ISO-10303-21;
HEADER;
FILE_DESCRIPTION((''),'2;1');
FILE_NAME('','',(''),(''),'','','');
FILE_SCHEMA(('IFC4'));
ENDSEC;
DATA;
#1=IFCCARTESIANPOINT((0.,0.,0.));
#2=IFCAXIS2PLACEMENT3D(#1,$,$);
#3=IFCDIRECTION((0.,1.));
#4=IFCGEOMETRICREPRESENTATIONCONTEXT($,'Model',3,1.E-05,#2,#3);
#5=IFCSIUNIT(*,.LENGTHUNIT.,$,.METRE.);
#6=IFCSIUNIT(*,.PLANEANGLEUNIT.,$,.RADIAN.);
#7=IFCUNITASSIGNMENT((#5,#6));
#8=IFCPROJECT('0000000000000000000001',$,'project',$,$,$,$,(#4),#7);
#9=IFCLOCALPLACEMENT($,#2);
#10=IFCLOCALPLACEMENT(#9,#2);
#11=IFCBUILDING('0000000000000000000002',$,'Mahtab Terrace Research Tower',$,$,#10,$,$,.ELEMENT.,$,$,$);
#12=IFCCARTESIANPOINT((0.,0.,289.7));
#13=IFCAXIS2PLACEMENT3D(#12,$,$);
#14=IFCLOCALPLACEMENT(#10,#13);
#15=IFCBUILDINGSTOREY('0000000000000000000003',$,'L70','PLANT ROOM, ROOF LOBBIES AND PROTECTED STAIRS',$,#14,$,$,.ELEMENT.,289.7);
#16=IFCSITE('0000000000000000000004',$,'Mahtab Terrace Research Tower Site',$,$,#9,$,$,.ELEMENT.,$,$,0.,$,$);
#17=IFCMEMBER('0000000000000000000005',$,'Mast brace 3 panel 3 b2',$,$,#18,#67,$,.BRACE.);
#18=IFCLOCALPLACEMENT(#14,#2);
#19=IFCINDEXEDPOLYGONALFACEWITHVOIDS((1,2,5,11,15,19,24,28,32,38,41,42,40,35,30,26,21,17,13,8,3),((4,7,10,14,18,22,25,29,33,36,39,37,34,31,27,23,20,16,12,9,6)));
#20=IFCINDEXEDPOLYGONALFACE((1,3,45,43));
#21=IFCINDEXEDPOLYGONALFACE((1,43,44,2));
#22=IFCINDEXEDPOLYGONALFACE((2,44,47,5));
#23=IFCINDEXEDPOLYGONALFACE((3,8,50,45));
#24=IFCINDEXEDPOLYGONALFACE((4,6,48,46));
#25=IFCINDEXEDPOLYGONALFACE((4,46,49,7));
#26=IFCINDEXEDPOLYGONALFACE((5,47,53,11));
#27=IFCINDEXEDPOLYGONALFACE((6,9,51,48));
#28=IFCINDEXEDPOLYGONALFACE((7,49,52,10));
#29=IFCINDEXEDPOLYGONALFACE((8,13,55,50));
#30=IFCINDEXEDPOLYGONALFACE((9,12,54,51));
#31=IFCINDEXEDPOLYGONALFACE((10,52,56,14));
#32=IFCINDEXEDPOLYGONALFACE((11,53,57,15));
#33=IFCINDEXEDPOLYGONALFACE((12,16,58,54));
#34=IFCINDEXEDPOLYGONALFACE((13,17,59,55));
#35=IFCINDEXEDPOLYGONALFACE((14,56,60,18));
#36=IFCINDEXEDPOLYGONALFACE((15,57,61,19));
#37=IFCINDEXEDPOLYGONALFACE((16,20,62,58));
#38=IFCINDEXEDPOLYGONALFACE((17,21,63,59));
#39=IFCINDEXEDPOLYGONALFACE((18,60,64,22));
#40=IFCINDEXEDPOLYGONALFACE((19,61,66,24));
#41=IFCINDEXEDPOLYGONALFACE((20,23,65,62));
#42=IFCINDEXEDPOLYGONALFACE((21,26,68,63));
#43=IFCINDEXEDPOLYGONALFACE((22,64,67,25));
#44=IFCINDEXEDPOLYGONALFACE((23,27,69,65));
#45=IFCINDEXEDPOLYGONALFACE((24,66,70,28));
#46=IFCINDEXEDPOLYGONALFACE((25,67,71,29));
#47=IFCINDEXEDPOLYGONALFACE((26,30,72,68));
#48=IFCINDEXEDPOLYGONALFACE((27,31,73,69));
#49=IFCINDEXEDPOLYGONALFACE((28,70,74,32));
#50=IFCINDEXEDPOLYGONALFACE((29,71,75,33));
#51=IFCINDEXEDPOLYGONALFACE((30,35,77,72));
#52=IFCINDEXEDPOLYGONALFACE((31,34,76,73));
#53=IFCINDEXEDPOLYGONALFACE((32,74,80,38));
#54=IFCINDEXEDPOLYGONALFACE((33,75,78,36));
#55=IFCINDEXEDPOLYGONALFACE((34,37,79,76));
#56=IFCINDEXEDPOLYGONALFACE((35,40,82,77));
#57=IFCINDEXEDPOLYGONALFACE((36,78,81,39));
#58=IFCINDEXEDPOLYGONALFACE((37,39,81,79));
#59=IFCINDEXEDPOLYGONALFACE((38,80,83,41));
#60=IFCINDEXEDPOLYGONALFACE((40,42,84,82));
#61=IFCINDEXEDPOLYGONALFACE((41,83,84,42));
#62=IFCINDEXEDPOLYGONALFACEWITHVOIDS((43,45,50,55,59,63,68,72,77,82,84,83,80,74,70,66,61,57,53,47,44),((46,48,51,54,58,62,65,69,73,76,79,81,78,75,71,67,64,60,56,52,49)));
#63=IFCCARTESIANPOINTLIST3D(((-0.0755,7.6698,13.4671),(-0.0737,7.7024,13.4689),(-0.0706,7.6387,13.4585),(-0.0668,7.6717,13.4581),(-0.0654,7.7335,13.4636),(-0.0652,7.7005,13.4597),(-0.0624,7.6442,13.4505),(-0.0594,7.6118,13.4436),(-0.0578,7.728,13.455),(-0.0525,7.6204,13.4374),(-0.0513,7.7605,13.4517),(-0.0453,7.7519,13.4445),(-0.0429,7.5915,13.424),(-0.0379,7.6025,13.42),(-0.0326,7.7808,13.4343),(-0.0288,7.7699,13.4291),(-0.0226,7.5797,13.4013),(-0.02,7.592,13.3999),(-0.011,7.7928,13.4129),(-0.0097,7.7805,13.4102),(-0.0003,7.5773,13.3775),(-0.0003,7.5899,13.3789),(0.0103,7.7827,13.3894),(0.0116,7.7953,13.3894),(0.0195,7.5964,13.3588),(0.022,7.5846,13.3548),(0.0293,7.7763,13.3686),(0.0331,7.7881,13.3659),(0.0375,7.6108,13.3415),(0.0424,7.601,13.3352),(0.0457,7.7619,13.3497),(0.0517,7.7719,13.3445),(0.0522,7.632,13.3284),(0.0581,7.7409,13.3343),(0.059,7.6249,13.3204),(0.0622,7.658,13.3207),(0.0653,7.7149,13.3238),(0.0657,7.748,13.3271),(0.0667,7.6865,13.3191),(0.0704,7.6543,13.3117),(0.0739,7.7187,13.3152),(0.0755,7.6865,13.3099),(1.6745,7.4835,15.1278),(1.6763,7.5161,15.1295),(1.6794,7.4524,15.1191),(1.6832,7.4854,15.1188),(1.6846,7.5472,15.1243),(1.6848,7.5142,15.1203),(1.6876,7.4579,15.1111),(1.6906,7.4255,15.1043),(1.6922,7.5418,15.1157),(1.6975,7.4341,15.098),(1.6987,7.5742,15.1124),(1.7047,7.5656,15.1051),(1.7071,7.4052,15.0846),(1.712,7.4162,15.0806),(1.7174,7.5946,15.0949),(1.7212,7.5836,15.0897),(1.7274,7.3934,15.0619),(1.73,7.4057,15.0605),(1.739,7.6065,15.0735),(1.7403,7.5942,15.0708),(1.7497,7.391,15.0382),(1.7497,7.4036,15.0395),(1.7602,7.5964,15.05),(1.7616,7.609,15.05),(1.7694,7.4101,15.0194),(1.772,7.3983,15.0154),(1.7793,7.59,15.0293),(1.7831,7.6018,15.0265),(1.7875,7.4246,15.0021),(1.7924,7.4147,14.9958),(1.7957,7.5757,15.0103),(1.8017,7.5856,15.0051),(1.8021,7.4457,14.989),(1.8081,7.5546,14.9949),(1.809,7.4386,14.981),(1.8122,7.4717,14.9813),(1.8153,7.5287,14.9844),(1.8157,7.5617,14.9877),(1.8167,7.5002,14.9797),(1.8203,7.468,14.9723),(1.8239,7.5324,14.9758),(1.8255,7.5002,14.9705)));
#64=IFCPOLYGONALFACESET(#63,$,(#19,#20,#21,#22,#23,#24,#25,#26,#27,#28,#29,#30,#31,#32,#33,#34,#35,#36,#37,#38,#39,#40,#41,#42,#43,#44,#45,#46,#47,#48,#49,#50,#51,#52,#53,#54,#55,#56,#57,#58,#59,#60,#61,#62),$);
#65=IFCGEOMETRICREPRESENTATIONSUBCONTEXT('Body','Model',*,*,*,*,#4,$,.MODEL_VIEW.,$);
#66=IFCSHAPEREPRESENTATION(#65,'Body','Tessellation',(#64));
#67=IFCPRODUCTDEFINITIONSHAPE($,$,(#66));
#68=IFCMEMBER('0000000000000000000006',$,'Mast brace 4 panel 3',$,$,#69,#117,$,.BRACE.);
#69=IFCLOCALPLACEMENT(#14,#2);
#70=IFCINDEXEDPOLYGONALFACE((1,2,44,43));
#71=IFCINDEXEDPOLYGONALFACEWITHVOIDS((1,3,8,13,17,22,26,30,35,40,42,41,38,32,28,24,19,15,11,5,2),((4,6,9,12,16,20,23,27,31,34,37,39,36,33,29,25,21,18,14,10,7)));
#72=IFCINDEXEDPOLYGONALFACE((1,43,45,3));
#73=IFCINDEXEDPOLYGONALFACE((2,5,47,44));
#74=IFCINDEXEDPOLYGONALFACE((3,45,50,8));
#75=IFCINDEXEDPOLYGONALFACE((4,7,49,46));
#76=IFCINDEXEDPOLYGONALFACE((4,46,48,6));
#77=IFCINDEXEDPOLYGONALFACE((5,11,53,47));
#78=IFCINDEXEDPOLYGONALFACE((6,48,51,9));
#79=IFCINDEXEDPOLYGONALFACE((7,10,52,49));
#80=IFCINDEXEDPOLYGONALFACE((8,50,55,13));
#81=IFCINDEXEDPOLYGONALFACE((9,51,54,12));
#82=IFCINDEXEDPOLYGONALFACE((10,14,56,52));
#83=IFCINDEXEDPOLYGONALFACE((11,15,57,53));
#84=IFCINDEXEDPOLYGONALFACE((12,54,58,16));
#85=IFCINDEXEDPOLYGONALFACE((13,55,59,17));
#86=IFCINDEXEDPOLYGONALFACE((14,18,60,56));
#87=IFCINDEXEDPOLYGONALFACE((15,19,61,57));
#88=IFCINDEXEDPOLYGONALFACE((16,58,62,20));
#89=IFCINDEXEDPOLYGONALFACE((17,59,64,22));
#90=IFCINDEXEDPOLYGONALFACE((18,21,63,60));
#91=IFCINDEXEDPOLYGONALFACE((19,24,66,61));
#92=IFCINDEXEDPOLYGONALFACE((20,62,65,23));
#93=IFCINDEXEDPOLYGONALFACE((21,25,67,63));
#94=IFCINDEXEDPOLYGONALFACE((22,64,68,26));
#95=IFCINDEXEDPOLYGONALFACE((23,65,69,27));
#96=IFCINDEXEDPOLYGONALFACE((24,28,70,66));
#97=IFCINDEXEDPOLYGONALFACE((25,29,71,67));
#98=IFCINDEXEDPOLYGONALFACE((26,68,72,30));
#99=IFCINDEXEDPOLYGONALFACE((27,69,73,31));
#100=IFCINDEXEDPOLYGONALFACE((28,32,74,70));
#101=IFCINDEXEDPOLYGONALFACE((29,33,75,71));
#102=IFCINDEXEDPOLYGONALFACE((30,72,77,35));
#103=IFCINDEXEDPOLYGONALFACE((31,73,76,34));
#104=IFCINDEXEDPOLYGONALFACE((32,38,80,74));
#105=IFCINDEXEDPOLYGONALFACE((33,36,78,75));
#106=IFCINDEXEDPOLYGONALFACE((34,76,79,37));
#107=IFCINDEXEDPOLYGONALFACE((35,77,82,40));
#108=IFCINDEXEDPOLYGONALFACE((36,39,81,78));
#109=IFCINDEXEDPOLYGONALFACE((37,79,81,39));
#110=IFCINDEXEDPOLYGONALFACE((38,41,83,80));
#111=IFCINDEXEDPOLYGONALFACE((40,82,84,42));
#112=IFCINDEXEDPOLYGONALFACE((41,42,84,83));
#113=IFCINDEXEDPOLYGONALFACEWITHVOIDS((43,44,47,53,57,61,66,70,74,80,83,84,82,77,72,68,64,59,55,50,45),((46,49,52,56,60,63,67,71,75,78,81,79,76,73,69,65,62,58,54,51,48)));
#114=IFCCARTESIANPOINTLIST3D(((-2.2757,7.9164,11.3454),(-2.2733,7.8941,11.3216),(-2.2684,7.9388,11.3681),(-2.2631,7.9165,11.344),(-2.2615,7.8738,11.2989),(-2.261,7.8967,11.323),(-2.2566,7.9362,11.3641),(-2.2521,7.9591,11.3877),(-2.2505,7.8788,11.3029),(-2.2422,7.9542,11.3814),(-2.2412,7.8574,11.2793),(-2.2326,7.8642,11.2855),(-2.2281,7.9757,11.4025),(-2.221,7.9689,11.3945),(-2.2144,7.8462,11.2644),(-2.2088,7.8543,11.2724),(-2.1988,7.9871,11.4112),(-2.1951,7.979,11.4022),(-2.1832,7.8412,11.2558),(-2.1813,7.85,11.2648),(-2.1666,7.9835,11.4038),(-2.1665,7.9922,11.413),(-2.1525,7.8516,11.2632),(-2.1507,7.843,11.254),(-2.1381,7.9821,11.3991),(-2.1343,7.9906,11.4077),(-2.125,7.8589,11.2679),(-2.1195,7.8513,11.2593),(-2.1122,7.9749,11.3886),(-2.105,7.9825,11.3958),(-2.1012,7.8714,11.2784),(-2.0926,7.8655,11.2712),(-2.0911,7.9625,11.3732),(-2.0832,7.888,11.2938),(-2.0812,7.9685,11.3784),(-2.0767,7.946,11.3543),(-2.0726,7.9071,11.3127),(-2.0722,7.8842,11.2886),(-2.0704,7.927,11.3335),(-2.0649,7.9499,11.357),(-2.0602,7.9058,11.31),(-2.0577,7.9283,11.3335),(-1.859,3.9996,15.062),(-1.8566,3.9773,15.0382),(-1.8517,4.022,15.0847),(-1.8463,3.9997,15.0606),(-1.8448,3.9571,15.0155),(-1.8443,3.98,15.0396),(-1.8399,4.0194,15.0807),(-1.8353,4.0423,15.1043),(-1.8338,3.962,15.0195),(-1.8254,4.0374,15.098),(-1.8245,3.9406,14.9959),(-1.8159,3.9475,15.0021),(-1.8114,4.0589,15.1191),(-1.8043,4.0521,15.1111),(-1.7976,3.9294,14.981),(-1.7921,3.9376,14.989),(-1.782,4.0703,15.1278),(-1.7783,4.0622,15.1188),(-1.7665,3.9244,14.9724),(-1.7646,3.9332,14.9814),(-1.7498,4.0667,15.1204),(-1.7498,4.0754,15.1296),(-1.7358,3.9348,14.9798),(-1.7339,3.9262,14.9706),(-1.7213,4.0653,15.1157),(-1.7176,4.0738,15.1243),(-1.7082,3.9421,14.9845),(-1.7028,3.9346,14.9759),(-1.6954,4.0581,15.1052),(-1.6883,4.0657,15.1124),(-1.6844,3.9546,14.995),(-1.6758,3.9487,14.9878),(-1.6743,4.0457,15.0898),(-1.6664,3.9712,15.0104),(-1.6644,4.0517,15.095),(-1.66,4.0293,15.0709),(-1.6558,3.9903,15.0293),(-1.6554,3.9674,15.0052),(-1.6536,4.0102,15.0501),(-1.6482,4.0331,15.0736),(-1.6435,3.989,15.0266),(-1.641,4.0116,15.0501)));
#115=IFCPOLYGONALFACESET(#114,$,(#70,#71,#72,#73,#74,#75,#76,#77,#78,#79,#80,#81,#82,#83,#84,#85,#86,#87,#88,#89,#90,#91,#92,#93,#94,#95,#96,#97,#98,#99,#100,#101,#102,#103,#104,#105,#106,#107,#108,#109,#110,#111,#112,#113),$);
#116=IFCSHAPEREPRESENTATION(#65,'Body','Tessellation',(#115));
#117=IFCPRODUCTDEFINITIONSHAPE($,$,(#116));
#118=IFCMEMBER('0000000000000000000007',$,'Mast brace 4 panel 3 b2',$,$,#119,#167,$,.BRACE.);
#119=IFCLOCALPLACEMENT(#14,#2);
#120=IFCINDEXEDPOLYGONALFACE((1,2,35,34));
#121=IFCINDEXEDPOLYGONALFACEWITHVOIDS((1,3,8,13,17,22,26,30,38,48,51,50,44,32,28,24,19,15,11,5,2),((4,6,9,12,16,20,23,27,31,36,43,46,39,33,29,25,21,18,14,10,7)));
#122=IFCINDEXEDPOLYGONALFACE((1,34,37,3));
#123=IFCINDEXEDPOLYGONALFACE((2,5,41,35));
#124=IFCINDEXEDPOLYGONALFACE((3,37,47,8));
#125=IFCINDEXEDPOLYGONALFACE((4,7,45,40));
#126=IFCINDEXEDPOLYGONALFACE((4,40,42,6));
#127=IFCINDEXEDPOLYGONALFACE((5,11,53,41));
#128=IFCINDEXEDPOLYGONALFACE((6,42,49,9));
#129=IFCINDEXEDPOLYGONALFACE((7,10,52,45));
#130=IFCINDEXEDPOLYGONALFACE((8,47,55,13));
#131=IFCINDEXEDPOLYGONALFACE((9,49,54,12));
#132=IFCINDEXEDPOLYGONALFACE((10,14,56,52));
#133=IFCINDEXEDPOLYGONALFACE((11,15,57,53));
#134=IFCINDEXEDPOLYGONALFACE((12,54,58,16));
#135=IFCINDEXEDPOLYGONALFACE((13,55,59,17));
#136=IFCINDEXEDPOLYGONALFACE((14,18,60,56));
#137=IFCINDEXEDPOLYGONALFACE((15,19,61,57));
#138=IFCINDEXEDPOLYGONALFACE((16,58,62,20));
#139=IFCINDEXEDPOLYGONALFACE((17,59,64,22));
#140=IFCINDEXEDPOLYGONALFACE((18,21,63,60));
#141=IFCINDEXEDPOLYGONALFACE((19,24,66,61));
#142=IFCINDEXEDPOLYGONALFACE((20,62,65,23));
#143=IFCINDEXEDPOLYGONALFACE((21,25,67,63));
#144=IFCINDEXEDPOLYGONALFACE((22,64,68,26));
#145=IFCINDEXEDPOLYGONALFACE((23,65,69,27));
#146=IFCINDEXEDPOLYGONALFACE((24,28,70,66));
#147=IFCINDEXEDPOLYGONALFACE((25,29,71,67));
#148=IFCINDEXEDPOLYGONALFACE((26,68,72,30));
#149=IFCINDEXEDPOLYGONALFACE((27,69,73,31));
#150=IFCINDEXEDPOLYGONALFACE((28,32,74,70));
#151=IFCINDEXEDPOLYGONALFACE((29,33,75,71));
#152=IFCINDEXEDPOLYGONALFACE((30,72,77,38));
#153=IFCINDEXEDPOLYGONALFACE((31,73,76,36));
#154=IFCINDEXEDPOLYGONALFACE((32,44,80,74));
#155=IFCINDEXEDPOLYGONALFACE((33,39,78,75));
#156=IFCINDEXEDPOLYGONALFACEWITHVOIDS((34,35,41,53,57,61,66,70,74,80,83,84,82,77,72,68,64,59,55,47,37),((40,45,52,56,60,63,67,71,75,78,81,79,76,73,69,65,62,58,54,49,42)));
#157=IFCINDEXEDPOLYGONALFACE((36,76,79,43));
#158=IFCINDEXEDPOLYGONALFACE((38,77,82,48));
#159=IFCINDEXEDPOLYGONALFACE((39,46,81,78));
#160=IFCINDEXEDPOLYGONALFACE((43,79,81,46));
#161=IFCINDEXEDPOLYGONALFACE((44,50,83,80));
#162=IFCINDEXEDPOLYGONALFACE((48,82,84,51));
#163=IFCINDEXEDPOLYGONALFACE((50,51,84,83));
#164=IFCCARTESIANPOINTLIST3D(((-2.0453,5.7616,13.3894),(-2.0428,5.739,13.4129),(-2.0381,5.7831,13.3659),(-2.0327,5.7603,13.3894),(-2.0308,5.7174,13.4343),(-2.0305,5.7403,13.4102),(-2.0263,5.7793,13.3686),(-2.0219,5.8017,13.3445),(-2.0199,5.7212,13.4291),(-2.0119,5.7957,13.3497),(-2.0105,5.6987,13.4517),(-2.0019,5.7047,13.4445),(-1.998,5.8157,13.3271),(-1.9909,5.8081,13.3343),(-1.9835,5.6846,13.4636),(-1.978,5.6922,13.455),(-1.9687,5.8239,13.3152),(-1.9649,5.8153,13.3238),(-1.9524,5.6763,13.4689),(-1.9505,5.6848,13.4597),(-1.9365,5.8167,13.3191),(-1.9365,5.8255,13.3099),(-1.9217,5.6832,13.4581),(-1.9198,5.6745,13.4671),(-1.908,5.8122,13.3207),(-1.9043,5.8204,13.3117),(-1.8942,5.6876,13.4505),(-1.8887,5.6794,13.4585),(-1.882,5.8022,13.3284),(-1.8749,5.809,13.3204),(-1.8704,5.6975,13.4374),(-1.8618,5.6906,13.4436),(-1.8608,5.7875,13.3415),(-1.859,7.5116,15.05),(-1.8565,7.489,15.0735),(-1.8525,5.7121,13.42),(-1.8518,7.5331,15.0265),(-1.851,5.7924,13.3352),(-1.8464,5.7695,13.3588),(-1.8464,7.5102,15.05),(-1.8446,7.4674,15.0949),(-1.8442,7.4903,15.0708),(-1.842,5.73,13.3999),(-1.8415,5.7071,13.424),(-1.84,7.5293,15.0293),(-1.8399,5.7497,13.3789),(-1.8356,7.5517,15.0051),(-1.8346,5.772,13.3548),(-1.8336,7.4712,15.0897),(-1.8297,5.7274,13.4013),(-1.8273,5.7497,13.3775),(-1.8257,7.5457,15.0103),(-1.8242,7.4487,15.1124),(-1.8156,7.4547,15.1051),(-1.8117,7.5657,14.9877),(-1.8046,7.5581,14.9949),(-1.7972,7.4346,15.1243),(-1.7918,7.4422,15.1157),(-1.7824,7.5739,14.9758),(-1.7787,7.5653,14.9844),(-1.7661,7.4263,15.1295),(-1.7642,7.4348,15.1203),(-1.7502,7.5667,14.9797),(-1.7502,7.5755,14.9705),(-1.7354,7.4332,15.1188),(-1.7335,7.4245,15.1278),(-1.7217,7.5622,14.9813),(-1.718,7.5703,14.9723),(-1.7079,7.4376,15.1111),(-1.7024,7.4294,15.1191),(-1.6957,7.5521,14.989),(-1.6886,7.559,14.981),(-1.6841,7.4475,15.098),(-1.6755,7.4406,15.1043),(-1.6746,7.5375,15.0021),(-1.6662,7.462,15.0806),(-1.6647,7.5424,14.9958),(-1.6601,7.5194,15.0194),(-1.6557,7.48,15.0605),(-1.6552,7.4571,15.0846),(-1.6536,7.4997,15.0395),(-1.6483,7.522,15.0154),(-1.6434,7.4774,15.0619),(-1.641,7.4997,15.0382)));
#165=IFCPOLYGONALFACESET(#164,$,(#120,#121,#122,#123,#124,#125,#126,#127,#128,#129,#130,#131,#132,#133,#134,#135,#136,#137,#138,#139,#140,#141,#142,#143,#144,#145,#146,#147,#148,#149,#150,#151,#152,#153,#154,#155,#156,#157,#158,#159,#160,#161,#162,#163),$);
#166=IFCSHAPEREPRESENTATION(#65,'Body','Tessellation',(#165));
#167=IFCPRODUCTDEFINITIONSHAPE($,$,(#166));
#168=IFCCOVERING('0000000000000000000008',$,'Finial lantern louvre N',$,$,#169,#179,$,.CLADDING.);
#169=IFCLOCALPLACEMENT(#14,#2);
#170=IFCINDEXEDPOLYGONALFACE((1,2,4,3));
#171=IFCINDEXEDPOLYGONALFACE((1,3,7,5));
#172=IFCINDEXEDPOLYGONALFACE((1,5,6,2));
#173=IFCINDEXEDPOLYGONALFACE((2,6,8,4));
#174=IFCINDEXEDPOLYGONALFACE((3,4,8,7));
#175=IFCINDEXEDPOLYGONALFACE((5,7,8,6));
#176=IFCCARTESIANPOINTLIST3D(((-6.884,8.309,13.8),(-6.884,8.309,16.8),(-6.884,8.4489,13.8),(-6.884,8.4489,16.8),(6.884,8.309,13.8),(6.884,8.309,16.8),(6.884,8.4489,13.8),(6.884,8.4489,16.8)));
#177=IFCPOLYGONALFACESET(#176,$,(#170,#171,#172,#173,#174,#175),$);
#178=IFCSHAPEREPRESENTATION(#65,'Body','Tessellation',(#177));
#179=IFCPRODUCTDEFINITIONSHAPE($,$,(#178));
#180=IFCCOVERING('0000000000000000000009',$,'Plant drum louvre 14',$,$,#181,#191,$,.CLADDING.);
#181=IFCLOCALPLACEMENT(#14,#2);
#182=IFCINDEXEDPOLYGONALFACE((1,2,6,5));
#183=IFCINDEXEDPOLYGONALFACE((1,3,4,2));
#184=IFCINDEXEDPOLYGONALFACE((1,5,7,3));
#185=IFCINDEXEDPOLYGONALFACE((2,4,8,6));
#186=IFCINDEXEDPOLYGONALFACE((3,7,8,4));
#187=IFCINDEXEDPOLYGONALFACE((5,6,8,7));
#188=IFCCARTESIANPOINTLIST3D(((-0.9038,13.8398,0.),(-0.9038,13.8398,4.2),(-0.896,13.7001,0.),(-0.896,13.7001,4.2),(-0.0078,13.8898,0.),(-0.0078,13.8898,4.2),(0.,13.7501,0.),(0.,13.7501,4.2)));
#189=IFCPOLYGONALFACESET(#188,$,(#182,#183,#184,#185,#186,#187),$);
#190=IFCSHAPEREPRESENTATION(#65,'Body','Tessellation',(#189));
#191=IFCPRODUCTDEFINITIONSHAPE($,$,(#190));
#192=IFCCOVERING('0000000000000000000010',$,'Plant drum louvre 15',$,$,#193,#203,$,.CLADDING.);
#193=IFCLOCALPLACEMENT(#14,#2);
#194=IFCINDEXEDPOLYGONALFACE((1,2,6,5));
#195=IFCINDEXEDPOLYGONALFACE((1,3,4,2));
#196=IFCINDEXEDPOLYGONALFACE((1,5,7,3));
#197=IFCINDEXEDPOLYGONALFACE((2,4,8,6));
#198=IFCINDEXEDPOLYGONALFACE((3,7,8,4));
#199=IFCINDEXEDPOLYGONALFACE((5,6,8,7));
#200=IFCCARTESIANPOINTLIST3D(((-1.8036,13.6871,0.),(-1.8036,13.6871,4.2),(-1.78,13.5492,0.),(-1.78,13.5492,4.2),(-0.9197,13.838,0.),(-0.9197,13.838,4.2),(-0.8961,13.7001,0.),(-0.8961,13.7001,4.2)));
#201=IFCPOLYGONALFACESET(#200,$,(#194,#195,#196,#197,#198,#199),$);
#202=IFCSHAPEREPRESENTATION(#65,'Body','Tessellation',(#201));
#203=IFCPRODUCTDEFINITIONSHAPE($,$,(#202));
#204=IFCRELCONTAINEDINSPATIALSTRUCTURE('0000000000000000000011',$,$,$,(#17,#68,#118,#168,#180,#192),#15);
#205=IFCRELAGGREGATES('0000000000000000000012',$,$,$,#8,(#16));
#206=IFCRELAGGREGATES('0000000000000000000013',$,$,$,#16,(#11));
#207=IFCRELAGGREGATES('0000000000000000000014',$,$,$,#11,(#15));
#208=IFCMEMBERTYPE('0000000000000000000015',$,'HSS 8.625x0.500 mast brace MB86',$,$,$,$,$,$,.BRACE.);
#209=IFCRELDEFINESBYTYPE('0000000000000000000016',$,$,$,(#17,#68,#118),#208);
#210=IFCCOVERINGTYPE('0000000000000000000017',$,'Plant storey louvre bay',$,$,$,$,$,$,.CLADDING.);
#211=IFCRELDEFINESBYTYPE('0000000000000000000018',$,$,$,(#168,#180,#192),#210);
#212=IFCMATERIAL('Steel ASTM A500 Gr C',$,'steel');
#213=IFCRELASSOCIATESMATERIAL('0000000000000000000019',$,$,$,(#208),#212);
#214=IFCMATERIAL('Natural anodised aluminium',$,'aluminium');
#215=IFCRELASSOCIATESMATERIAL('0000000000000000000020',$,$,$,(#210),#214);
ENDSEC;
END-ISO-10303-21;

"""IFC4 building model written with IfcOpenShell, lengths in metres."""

from ifc_helpers import new_model, si_unit, direction, frame, origin, origin_2d, place, context, subcontext, project, spatial, rectangle, hollow_circle, extrude, material, material_profile, profile_set, type_object, element, save


model = new_model("IFC4")

# Units and contexts
model_context = context("Model", 3, precision=1e-05, world=origin(), true_north=direction((0.0, 1.0)))
body_context = subcontext(model_context, "Body", "Model", "MODEL_VIEW")
ifc_project = project(units=[si_unit("LENGTHUNIT", "METRE"), si_unit("PLANEANGLEUNIT", "RADIAN")], contexts=[model_context])

# Site, building, storey
site_placement = place(None, origin())
site = spatial("IfcSite", under=ifc_project, at=site_placement, Name="Mahtab Terrace Research Tower Site", CompositionType="ELEMENT", RefElevation=0.0)
building_placement = place(site_placement, origin())
building = spatial("IfcBuilding", under=site, at=building_placement, Name="Mahtab Terrace Research Tower", CompositionType="ELEMENT")
storey_placement = place(building_placement, frame((0.0, 0.0, 289.7)))
storey = spatial("IfcBuildingStorey", under=building, at=storey_placement, Name="L70", Description="PLANT ROOM, ROOF LOBBIES AND PROTECTED STAIRS", CompositionType="ELEMENT", Elevation=289.7)

# Members
ifc_material_1 = material(Name="Steel ASTM A500 Gr C", Category="steel")
ifc_material_profile_1 = material_profile(ifc_material_1, hollow_circle(Radius=0.1096, WallThickness=0.0127, at=origin_2d()), Name="HSS8.625X0.500")
ifc_profile_set_1 = profile_set([ifc_material_profile_1], Name="Steel ASTM A500 Gr C")
member_type_1 = type_object("IfcMemberType", Name="HSS 8.625x0.500 mast brace MB86", PredefinedType="BRACE", material=ifc_profile_set_1)
member_1_placement = place(storey_placement, frame((0.0, 7.6863, 13.3894), z_axis=(0.723231, -0.076985, 0.686302), x_axis=(0.105847, 0.994382, 0.0)))
element("IfcMember", 1, at=member_1_placement, inside=storey, type_object=member_type_1, Name="Mast brace 3 panel 3 b2", PredefinedType="BRACE", context=body_context, shape_type="SweptSolid", body=[
    extrude(hollow_circle(Radius=0.1096, WallThickness=0.0127, at=origin_2d()), origin(), (0.0, 0.0, 1.0), 2.4197),
])
member_2_placement = place(storey_placement, frame((-2.1667, 7.9167, 11.3335), z_axis=(0.076955, -0.723251, 0.686284), x_axis=(0.994387, 0.105804, 0.0)))
element("IfcMember", 2, at=member_2_placement, inside=storey, type_object=member_type_1, Name="Mast brace 4 panel 3", PredefinedType="BRACE", context=body_context, shape_type="SweptSolid", body=[
    extrude(hollow_circle(Radius=0.1096, WallThickness=0.0127, at=origin_2d()), origin(), (0.0, 0.0, 1.0), 5.4155),
])
member_3_placement = place(storey_placement, frame((-1.9363, 5.75, 13.3894), z_axis=(0.076985, 0.723231, 0.686302), x_axis=(-0.994382, 0.105847, 0.0)))
element("IfcMember", 3, at=member_3_placement, inside=storey, type_object=member_type_1, Name="Mast brace 4 panel 3 b2", PredefinedType="BRACE", context=body_context, shape_type="SweptSolid", body=[
    extrude(hollow_circle(Radius=0.1096, WallThickness=0.0127, at=origin_2d()), origin(), (0.0, 0.0, 1.0), 2.4197),
])

# Coverings
ifc_material_2 = material(Name="Natural anodised aluminium", Category="aluminium")
covering_type = type_object("IfcCoveringType", Name="Plant storey louvre bay", PredefinedType="CLADDING", material=ifc_material_2)
covering_1_placement = place(storey_placement, frame((0.0, 8.3789, 13.8), z_axis=(0.0, 0.0, 1.0), x_axis=(1.0, 0.0, 0.0)))
element("IfcCovering", 4, at=covering_1_placement, inside=storey, type_object=covering_type, Name="Finial lantern louvre N", PredefinedType="CLADDING", context=body_context, shape_type="SweptSolid", body=[
    extrude(rectangle(XDim=13.7681, YDim=0.1399, at=origin_2d()), origin(), (0.0, 0.0, 1.0), 3.0),
])
covering_2_placement = place(storey_placement, frame((-0.4519, 13.7949, 0.0), z_axis=(0.0, 0.0, 1.0), x_axis=(-0.998447, -0.055717, 0.0)))
element("IfcCovering", 5, at=covering_2_placement, inside=storey, type_object=covering_type, Name="Plant drum louvre 14", PredefinedType="CLADDING", context=body_context, shape_type="SweptSolid", body=[
    extrude(rectangle(XDim=0.8975, YDim=0.1399, at=origin_2d()), origin(), (0.0, 0.0, 1.0), 4.2),
])
covering_3_placement = place(storey_placement, frame((-1.3499, 13.6936, 0.0), z_axis=(0.0, 0.0, 1.0), x_axis=(-0.985723, -0.168376, 0.0)))
element("IfcCovering", 6, at=covering_3_placement, inside=storey, type_object=covering_type, Name="Plant drum louvre 15", PredefinedType="CLADDING", context=body_context, shape_type="SweptSolid", body=[
    extrude(rectangle(XDim=0.8967, YDim=0.1399, at=origin_2d()), origin(), (0.0, 0.0, 1.0), 4.2),
])

save(model, "model.ifc")
